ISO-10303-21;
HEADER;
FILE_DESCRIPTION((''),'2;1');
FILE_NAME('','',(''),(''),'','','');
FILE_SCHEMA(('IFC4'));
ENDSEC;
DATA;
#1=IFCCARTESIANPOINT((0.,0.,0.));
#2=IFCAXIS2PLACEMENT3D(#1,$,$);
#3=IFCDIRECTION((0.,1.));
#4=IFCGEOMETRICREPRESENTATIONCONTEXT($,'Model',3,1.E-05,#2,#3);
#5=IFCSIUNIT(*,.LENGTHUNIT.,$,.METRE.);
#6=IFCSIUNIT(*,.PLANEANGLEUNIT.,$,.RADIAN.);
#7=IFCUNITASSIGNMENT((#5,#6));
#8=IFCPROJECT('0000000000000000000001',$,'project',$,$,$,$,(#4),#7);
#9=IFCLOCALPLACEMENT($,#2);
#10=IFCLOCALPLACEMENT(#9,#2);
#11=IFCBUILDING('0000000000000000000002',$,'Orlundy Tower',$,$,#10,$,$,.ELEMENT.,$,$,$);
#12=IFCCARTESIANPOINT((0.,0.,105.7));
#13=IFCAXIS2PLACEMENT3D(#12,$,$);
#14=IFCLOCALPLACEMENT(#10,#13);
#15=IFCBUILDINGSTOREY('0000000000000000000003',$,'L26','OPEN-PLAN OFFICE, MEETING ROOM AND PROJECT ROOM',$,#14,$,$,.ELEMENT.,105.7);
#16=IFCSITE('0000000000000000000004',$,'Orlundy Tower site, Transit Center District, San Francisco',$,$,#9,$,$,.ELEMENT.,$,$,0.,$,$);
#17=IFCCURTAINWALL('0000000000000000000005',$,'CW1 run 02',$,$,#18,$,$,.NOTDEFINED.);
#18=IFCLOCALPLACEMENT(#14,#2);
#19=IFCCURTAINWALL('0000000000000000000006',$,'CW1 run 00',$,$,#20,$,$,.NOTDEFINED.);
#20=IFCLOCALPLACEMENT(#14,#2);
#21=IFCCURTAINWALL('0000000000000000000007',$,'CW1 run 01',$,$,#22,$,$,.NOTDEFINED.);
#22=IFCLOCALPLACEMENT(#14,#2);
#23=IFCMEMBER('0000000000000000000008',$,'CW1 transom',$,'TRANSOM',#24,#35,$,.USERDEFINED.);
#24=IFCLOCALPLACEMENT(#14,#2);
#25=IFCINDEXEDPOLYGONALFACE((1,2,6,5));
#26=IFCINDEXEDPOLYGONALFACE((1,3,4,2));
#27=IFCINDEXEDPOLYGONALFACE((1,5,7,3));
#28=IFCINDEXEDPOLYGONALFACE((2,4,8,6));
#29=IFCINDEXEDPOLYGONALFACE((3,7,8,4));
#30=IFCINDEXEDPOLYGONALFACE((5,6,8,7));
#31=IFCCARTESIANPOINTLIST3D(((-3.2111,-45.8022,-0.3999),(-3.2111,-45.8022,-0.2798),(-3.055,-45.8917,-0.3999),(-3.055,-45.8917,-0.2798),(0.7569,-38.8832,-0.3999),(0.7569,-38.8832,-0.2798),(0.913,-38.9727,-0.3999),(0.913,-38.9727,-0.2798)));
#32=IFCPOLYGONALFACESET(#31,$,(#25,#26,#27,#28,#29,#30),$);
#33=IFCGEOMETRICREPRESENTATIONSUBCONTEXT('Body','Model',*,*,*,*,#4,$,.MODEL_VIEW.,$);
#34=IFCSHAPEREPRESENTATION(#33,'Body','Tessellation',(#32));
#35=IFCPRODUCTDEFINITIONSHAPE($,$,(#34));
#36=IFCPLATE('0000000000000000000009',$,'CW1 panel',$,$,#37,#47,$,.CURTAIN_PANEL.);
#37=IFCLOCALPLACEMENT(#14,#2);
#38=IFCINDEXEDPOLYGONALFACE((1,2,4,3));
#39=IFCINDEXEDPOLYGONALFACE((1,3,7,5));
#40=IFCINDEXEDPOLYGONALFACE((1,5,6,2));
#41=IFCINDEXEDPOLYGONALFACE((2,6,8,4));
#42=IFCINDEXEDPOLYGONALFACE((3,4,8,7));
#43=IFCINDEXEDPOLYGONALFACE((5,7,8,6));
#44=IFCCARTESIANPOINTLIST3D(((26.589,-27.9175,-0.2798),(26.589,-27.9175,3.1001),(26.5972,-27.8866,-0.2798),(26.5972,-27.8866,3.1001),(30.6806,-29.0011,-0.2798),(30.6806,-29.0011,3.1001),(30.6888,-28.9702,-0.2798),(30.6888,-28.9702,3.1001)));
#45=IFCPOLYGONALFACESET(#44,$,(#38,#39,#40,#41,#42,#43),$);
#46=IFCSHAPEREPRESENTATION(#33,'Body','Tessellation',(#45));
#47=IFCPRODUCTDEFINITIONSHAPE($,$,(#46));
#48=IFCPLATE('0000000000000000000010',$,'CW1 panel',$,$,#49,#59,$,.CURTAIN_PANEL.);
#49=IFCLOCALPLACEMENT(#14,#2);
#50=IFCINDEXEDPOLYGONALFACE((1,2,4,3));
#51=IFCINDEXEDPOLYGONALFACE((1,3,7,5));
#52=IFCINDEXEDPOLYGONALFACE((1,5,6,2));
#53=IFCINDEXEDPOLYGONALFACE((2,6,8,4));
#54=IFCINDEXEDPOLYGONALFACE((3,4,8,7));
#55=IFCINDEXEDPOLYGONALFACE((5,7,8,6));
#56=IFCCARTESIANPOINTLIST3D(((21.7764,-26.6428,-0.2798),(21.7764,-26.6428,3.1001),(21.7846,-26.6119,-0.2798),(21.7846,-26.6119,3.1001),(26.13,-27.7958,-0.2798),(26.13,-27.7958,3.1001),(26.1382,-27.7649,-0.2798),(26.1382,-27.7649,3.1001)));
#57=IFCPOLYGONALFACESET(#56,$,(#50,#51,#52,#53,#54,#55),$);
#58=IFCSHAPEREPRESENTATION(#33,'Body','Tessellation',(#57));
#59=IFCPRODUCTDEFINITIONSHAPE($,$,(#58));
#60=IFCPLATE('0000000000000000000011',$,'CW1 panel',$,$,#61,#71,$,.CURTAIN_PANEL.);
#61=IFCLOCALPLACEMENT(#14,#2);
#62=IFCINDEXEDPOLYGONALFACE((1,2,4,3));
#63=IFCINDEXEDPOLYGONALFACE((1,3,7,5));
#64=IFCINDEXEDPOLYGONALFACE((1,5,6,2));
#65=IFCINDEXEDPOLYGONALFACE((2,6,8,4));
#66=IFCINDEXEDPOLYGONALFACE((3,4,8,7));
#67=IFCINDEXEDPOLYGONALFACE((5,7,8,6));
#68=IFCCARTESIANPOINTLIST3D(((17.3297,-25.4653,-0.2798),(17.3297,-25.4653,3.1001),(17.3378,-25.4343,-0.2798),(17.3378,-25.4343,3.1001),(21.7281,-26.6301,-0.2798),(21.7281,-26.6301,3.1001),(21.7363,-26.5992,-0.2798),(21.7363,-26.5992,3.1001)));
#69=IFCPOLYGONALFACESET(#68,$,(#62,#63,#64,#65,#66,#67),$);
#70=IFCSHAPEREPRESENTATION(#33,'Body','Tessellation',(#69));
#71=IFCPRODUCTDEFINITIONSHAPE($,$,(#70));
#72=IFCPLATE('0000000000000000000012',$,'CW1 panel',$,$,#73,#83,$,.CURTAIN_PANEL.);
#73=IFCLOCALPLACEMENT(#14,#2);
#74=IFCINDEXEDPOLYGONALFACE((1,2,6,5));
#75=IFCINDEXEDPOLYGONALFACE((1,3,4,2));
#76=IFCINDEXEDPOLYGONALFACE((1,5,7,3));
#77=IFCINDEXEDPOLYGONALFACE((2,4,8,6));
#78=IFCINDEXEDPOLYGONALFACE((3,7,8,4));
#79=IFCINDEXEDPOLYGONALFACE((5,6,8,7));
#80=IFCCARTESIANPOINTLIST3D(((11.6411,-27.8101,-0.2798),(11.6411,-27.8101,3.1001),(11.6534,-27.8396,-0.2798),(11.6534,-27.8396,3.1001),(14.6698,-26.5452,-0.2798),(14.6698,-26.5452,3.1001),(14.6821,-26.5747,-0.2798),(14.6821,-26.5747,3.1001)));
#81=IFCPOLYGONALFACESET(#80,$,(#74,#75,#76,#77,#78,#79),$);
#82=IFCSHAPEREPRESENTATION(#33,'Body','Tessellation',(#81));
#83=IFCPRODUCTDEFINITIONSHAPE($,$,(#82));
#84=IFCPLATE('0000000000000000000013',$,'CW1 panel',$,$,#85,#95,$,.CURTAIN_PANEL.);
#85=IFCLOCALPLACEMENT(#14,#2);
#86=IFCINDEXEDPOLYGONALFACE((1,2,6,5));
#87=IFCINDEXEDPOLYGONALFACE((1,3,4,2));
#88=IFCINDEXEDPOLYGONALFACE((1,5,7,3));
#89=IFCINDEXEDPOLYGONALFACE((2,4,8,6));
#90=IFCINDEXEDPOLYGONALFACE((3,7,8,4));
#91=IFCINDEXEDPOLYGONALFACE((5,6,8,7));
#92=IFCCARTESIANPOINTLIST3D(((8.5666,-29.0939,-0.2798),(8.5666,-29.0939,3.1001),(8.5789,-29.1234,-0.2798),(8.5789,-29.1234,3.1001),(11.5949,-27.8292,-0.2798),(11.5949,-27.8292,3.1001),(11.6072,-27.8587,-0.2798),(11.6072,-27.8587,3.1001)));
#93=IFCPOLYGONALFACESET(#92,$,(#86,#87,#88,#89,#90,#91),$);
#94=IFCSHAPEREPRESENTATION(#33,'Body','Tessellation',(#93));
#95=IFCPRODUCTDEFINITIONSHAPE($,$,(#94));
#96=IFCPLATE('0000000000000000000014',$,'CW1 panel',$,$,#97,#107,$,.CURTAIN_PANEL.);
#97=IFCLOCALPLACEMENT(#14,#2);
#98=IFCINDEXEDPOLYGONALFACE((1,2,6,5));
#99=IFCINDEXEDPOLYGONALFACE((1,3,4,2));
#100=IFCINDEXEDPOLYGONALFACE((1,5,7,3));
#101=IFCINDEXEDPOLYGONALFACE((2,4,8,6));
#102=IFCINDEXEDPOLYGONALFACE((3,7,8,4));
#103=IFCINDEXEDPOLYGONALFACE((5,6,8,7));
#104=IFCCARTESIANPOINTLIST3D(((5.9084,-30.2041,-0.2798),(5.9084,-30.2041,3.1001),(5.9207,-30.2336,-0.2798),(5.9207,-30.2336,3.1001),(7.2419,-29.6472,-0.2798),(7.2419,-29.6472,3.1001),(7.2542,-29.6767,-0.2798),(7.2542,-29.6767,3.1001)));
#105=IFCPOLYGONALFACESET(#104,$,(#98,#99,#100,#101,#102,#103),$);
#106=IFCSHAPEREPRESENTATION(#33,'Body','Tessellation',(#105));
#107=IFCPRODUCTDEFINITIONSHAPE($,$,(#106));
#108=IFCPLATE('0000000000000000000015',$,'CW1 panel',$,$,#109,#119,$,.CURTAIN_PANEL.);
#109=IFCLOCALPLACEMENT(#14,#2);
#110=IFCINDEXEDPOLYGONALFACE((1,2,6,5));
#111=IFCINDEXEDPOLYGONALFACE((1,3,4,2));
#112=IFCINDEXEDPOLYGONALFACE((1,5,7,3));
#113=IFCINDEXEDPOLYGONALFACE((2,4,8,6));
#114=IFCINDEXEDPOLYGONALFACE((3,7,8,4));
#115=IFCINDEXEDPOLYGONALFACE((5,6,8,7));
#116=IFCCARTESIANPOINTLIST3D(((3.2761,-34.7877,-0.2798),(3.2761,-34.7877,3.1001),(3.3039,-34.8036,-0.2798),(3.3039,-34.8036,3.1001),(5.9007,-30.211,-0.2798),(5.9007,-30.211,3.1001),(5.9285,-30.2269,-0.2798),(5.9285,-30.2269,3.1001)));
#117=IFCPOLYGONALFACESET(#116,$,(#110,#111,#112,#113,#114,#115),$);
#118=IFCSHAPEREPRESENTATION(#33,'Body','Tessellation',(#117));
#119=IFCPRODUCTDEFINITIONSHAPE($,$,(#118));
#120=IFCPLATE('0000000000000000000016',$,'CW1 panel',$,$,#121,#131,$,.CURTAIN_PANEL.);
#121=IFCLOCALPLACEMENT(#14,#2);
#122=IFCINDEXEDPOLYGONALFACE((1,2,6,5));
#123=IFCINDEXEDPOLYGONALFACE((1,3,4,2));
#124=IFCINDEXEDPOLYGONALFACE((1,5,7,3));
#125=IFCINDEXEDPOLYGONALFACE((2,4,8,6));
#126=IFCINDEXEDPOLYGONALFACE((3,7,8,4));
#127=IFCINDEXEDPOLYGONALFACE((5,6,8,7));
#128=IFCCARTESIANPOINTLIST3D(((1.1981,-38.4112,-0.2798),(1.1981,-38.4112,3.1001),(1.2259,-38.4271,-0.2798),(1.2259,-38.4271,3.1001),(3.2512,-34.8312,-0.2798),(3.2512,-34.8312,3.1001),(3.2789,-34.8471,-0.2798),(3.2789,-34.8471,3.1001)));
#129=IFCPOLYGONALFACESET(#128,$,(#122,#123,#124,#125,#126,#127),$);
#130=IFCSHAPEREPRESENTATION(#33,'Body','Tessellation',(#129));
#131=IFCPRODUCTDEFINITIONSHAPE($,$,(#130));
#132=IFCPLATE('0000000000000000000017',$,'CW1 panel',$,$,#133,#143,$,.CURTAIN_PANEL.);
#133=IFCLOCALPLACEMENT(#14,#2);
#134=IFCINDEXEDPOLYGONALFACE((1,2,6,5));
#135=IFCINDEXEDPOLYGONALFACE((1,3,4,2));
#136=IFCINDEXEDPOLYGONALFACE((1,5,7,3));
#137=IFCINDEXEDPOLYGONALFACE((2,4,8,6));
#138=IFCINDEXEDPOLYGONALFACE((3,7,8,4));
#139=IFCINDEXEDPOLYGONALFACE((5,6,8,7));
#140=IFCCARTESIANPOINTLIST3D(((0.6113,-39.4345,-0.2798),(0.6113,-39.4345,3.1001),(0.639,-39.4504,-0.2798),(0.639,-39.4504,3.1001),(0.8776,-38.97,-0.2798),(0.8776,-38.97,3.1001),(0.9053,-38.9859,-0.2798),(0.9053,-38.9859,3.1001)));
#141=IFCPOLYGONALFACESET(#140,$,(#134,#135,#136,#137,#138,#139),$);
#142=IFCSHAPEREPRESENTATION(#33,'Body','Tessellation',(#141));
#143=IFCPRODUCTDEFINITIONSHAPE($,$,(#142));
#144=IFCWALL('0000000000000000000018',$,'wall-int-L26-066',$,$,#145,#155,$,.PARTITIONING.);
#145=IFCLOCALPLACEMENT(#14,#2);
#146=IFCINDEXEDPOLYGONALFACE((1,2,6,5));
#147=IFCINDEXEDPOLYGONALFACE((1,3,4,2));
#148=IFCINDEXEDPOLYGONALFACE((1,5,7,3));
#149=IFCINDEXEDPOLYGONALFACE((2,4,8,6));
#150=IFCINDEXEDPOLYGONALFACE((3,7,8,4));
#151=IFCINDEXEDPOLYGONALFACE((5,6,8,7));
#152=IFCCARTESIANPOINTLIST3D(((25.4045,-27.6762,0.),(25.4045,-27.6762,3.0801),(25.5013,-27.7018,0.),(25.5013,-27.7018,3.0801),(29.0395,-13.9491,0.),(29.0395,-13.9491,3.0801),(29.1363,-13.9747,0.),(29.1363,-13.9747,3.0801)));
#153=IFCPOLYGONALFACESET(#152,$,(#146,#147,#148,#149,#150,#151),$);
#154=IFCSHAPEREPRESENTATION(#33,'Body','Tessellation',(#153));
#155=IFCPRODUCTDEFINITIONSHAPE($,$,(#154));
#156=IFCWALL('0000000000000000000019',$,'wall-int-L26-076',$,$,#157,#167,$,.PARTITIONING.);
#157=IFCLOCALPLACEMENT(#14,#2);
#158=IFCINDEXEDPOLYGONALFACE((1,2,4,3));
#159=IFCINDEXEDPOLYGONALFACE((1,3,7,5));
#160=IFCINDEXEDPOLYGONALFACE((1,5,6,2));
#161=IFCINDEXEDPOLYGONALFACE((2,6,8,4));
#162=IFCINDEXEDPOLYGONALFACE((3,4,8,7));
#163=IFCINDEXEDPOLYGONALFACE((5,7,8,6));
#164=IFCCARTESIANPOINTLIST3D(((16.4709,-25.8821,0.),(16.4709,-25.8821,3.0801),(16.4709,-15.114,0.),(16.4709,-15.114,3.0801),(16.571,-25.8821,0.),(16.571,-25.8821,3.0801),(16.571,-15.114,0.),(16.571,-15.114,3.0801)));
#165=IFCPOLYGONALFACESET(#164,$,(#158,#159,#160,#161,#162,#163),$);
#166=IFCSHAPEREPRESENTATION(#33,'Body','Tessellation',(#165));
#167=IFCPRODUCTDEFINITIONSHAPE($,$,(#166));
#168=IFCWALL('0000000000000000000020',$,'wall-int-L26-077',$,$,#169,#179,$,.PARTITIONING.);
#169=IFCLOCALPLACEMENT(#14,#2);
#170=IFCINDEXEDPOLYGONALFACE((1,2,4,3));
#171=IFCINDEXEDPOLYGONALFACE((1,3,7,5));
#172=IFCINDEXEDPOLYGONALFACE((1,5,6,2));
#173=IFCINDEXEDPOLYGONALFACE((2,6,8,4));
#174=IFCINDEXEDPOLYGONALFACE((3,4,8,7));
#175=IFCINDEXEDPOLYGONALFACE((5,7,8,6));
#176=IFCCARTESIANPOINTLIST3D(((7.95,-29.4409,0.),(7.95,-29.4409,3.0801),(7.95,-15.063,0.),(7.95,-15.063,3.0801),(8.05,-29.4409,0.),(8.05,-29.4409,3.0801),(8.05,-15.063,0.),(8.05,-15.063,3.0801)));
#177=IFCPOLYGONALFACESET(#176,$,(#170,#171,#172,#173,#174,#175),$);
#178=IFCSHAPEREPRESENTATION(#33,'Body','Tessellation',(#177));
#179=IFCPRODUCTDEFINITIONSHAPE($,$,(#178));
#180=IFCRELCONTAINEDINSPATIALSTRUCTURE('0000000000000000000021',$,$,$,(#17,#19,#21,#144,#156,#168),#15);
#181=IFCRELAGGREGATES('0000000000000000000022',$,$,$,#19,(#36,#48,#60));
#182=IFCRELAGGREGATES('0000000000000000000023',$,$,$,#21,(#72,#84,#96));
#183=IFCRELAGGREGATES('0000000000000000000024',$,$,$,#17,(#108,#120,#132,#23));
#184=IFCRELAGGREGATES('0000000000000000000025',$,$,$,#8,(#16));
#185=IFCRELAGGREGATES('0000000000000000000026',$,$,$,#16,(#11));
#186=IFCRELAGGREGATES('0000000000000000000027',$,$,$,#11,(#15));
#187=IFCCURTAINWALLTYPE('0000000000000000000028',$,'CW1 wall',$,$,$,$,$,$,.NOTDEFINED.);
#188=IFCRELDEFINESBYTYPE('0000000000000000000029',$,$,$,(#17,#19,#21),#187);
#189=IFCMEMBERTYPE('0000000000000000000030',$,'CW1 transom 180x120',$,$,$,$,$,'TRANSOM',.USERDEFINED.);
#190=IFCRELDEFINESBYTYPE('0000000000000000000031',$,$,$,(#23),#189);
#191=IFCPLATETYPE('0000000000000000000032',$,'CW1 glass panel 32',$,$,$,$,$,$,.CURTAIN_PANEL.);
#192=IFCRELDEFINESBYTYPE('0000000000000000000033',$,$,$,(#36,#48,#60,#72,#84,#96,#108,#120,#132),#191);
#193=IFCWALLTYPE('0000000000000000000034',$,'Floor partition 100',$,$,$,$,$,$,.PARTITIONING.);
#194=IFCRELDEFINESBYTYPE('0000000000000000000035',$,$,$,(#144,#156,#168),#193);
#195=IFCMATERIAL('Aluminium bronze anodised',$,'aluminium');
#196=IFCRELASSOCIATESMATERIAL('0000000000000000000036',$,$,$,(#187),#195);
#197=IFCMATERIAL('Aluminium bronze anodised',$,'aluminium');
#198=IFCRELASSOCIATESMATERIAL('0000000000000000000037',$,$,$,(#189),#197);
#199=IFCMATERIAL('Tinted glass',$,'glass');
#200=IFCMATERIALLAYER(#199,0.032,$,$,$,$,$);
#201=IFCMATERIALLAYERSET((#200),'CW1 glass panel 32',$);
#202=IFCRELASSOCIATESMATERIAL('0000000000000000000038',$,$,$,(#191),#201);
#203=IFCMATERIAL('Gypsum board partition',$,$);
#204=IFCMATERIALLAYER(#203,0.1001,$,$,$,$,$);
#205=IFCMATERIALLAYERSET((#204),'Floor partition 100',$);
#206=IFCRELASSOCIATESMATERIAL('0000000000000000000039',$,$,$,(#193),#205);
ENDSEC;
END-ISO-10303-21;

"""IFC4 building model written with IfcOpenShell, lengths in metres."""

from ifc_helpers import new_model, si_unit, direction, frame, frame_2d, origin, origin_2d, place, context, subcontext, project, spatial, rectangle, extrude, material, layer, layer_set, material_profile, profile_set, type_object, element, aggregate, save


model = new_model("IFC4")

# Units and contexts
model_context = context("Model", 3, precision=1e-05, world=origin(), true_north=direction((0.0, 1.0)))
body_context = subcontext(model_context, "Body", "Model", "MODEL_VIEW")
ifc_project = project(units=[si_unit("LENGTHUNIT", "METRE"), si_unit("PLANEANGLEUNIT", "RADIAN")], contexts=[model_context])

# Site, building, storey
site_placement = place(None, origin())
site = spatial("IfcSite", under=ifc_project, at=site_placement, Name="Orlundy Tower site, Transit Center District, San Francisco", CompositionType="ELEMENT", RefElevation=0.0)
building_placement = place(site_placement, origin())
building = spatial("IfcBuilding", under=site, at=building_placement, Name="Orlundy Tower", CompositionType="ELEMENT")
storey_placement = place(building_placement, frame((0.0, 0.0, 105.7)))
storey = spatial("IfcBuildingStorey", under=building, at=storey_placement, Name="L26", Description="OPEN-PLAN OFFICE, MEETING ROOM AND PROJECT ROOM", CompositionType="ELEMENT", Elevation=105.7)

# Curtain wall
ifc_material_1 = material(Name="Aluminium bronze anodised", Category="aluminium")
curtain_wall_type = type_object("IfcCurtainWallType", Name="CW1 wall", PredefinedType="NOTDEFINED", material=ifc_material_1)
curtain_wall_1_placement = place(storey_placement, origin())
curtain_wall_1 = element("IfcCurtainWall", 1, at=curtain_wall_1_placement, inside=storey, type_object=curtain_wall_type, Name="CW1 run 02", PredefinedType="NOTDEFINED")

# Curtain wall
curtain_wall_2_placement = place(storey_placement, origin())
curtain_wall_2 = element("IfcCurtainWall", 2, at=curtain_wall_2_placement, inside=storey, type_object=curtain_wall_type, Name="CW1 run 00", PredefinedType="NOTDEFINED")

# Curtain wall
curtain_wall_3_placement = place(storey_placement, origin())
curtain_wall_3 = element("IfcCurtainWall", 3, at=curtain_wall_3_placement, inside=storey, type_object=curtain_wall_type, Name="CW1 run 01", PredefinedType="NOTDEFINED")

# Member
ifc_material_2 = material(Name="Aluminium bronze anodised", Category="aluminium")
ifc_material_profile_1 = material_profile(ifc_material_2, rectangle(XDim=0.1799, YDim=0.1201, at=origin_2d()), Name="CW1 transom 180x120")
ifc_profile_set_1 = profile_set([ifc_material_profile_1], Name="Aluminium bronze anodised")
member_type_1 = type_object("IfcMemberType", Name="CW1 transom 180x120", ElementType="TRANSOM", PredefinedType="USERDEFINED", material=ifc_profile_set_1)
member_1_placement = place(storey_placement, frame((0.835, -38.928, -0.3398), z_axis=(-0.497493, -0.867468, 0.0), x_axis=(0.867468, -0.497493, 0.0)))
member_1 = element("IfcMember", 4, at=member_1_placement, type_object=member_type_1, Name="CW1 transom", ObjectType="TRANSOM", PredefinedType="USERDEFINED", context=body_context, shape_type="SweptSolid", body=[
    extrude(rectangle(XDim=0.1799, YDim=0.1201, at=origin_2d()), origin(), (0.0, 0.0, 1.0), 7.9761),
])

# Plates
ifc_material_3 = material(Name="Tinted glass", Category="glass")
ifc_layer_1 = layer(ifc_material_3, 0.032)
ifc_layer_set_1 = layer_set([ifc_layer_1], Name="CW1 glass panel 32")
plate_type = type_object("IfcPlateType", Name="CW1 glass panel 32", PredefinedType="CURTAIN_PANEL", material=ifc_layer_set_1)
plate_1_placement = place(storey_placement, frame((28.6389, -28.4438, -0.2798), z_axis=(0.0, 0.0, 1.0), x_axis=(-0.966674, 0.256011, 0.0)))
plate_1 = element("IfcPlate", 5, at=plate_1_placement, type_object=plate_type, Name="CW1 panel", PredefinedType="CURTAIN_PANEL", context=body_context, shape_type="SweptSolid", body=[
    extrude(rectangle(XDim=4.2327, YDim=0.032, at=origin_2d()), origin(), (0.0, 0.0, 1.0), 3.3799),
])
plate_2_placement = place(storey_placement, frame((23.9573, -27.2039, -0.2798), z_axis=(0.0, 0.0, 1.0), x_axis=(-0.966674, 0.256011, 0.0)))
plate_2 = element("IfcPlate", 6, at=plate_2_placement, type_object=plate_type, Name="CW1 panel", PredefinedType="CURTAIN_PANEL", context=body_context, shape_type="SweptSolid", body=[
    extrude(rectangle(XDim=4.5037, YDim=0.032, at=origin_2d()), origin(), (0.0, 0.0, 1.0), 3.3799),
])
plate_3_placement = place(storey_placement, frame((19.533, -26.0322, -0.2798), z_axis=(0.0, 0.0, 1.0), x_axis=(-0.966674, 0.256011, 0.0)))
plate_3 = element("IfcPlate", 7, at=plate_3_placement, type_object=plate_type, Name="CW1 panel", PredefinedType="CURTAIN_PANEL", context=body_context, shape_type="SweptSolid", body=[
    extrude(rectangle(XDim=4.55, YDim=0.032, at=origin_2d()), origin(), (0.0, 0.0, 1.0), 3.3799),
])
aggregate(curtain_wall_2, [plate_1, plate_2, plate_3])
plate_4_placement = place(storey_placement, frame((13.1616, -27.1924, -0.2798), z_axis=(0.0, 0.0, 1.0), x_axis=(-0.922759, -0.385377, 0.0)))
plate_4 = element("IfcPlate", 8, at=plate_4_placement, type_object=plate_type, Name="CW1 panel", PredefinedType="CURTAIN_PANEL", context=body_context, shape_type="SweptSolid", body=[
    extrude(rectangle(XDim=3.2822, YDim=0.032, at=origin_2d()), origin(), (0.0, 0.0, 1.0), 3.3799),
])
plate_5_placement = place(storey_placement, frame((10.0869, -28.4763, -0.2798), z_axis=(0.0, 0.0, 1.0), x_axis=(-0.922759, -0.385377, 0.0)))
plate_5 = element("IfcPlate", 9, at=plate_5_placement, type_object=plate_type, Name="CW1 panel", PredefinedType="CURTAIN_PANEL", context=body_context, shape_type="SweptSolid", body=[
    extrude(rectangle(XDim=3.2817, YDim=0.032, at=origin_2d()), origin(), (0.0, 0.0, 1.0), 3.3799),
])
plate_6_placement = place(storey_placement, frame((6.5813, -29.9404, -0.2798), z_axis=(0.0, 0.0, 1.0), x_axis=(-0.922759, -0.385377, 0.0)))
plate_6 = element("IfcPlate", 10, at=plate_6_placement, type_object=plate_type, Name="CW1 panel", PredefinedType="CURTAIN_PANEL", context=body_context, shape_type="SweptSolid", body=[
    extrude(rectangle(XDim=1.4451, YDim=0.032, at=origin_2d()), origin(), (0.0, 0.0, 1.0), 3.3799),
])
aggregate(curtain_wall_3, [plate_4, plate_5, plate_6])
plate_7_placement = place(storey_placement, frame((4.6023, -32.5073, -0.2798), z_axis=(0.0, 0.0, 1.0), x_axis=(-0.497473, -0.867479, 0.0)))
plate_7 = element("IfcPlate", 11, at=plate_7_placement, type_object=plate_type, Name="CW1 panel", PredefinedType="CURTAIN_PANEL", context=body_context, shape_type="SweptSolid", body=[
    extrude(rectangle(XDim=5.2759, YDim=0.032, at=origin_2d()), origin(), (0.0, 0.0, 1.0), 3.3799),
])
plate_8_placement = place(storey_placement, frame((2.2385, -36.6292, -0.2798), z_axis=(0.0, 0.0, 1.0), x_axis=(-0.497473, -0.867479, 0.0)))
plate_8 = element("IfcPlate", 12, at=plate_8_placement, type_object=plate_type, Name="CW1 panel", PredefinedType="CURTAIN_PANEL", context=body_context, shape_type="SweptSolid", body=[
    extrude(rectangle(XDim=4.127, YDim=0.032, at=origin_2d()), origin(), (0.0, 0.0, 1.0), 3.3799),
])
plate_9_placement = place(storey_placement, frame((0.7583, -39.2102, -0.2798), z_axis=(0.0, 0.0, 1.0), x_axis=(-0.497473, -0.867479, 0.0)))
plate_9 = element("IfcPlate", 13, at=plate_9_placement, type_object=plate_type, Name="CW1 panel", PredefinedType="CURTAIN_PANEL", context=body_context, shape_type="SweptSolid", body=[
    extrude(rectangle(XDim=0.5354, YDim=0.032, at=origin_2d()), origin(), (0.0, 0.0, 1.0), 3.3799),
])
aggregate(curtain_wall_1, [plate_7, plate_8, plate_9, member_1])

# Walls
ifc_material_4 = material(Name="Gypsum board partition")
ifc_layer_2 = layer(ifc_material_4, 0.1001)
ifc_layer_set_2 = layer_set([ifc_layer_2], Name="Floor partition 100")
wall_type = type_object("IfcWallType", Name="Floor partition 100", PredefinedType="PARTITIONING", material=ifc_layer_set_2)
wall_1_placement = place(storey_placement, frame((25.4529, -27.689, 0.0), z_axis=(0.0, 0.0, 1.0), x_axis=(0.255983, 0.966681, 0.0)))
element("IfcWall", 14, at=wall_1_placement, inside=storey, type_object=wall_type, Name="wall-int-L26-066", PredefinedType="PARTITIONING", context=body_context, shape_type="SweptSolid", body=[
    extrude(rectangle(XDim=14.2002, YDim=0.1001, at=frame_2d((7.1001, 0.0))), origin(), (0.0, 0.0, 1.0), 3.0801),
])
wall_2_placement = place(storey_placement, frame((16.521, -25.8821, 0.0), z_axis=(0.0, 0.0, 1.0), x_axis=(0.0, 1.0, 0.0)))
element("IfcWall", 15, at=wall_2_placement, inside=storey, type_object=wall_type, Name="wall-int-L26-076", PredefinedType="PARTITIONING", context=body_context, shape_type="SweptSolid", body=[
    extrude(rectangle(XDim=10.7681, YDim=0.1001, at=frame_2d((5.384, 0.0))), origin(), (0.0, 0.0, 1.0), 3.0801),
])
wall_3_placement = place(storey_placement, frame((8.0, -29.4409, 0.0), z_axis=(0.0, 0.0, 1.0), x_axis=(0.0, 1.0, 0.0)))
element("IfcWall", 16, at=wall_3_placement, inside=storey, type_object=wall_type, Name="wall-int-L26-077", PredefinedType="PARTITIONING", context=body_context, shape_type="SweptSolid", body=[
    extrude(rectangle(XDim=14.3779, YDim=0.1001, at=frame_2d((7.189, 0.0))), origin(), (0.0, 0.0, 1.0), 3.0801),
])

save(model, "model.ifc")
